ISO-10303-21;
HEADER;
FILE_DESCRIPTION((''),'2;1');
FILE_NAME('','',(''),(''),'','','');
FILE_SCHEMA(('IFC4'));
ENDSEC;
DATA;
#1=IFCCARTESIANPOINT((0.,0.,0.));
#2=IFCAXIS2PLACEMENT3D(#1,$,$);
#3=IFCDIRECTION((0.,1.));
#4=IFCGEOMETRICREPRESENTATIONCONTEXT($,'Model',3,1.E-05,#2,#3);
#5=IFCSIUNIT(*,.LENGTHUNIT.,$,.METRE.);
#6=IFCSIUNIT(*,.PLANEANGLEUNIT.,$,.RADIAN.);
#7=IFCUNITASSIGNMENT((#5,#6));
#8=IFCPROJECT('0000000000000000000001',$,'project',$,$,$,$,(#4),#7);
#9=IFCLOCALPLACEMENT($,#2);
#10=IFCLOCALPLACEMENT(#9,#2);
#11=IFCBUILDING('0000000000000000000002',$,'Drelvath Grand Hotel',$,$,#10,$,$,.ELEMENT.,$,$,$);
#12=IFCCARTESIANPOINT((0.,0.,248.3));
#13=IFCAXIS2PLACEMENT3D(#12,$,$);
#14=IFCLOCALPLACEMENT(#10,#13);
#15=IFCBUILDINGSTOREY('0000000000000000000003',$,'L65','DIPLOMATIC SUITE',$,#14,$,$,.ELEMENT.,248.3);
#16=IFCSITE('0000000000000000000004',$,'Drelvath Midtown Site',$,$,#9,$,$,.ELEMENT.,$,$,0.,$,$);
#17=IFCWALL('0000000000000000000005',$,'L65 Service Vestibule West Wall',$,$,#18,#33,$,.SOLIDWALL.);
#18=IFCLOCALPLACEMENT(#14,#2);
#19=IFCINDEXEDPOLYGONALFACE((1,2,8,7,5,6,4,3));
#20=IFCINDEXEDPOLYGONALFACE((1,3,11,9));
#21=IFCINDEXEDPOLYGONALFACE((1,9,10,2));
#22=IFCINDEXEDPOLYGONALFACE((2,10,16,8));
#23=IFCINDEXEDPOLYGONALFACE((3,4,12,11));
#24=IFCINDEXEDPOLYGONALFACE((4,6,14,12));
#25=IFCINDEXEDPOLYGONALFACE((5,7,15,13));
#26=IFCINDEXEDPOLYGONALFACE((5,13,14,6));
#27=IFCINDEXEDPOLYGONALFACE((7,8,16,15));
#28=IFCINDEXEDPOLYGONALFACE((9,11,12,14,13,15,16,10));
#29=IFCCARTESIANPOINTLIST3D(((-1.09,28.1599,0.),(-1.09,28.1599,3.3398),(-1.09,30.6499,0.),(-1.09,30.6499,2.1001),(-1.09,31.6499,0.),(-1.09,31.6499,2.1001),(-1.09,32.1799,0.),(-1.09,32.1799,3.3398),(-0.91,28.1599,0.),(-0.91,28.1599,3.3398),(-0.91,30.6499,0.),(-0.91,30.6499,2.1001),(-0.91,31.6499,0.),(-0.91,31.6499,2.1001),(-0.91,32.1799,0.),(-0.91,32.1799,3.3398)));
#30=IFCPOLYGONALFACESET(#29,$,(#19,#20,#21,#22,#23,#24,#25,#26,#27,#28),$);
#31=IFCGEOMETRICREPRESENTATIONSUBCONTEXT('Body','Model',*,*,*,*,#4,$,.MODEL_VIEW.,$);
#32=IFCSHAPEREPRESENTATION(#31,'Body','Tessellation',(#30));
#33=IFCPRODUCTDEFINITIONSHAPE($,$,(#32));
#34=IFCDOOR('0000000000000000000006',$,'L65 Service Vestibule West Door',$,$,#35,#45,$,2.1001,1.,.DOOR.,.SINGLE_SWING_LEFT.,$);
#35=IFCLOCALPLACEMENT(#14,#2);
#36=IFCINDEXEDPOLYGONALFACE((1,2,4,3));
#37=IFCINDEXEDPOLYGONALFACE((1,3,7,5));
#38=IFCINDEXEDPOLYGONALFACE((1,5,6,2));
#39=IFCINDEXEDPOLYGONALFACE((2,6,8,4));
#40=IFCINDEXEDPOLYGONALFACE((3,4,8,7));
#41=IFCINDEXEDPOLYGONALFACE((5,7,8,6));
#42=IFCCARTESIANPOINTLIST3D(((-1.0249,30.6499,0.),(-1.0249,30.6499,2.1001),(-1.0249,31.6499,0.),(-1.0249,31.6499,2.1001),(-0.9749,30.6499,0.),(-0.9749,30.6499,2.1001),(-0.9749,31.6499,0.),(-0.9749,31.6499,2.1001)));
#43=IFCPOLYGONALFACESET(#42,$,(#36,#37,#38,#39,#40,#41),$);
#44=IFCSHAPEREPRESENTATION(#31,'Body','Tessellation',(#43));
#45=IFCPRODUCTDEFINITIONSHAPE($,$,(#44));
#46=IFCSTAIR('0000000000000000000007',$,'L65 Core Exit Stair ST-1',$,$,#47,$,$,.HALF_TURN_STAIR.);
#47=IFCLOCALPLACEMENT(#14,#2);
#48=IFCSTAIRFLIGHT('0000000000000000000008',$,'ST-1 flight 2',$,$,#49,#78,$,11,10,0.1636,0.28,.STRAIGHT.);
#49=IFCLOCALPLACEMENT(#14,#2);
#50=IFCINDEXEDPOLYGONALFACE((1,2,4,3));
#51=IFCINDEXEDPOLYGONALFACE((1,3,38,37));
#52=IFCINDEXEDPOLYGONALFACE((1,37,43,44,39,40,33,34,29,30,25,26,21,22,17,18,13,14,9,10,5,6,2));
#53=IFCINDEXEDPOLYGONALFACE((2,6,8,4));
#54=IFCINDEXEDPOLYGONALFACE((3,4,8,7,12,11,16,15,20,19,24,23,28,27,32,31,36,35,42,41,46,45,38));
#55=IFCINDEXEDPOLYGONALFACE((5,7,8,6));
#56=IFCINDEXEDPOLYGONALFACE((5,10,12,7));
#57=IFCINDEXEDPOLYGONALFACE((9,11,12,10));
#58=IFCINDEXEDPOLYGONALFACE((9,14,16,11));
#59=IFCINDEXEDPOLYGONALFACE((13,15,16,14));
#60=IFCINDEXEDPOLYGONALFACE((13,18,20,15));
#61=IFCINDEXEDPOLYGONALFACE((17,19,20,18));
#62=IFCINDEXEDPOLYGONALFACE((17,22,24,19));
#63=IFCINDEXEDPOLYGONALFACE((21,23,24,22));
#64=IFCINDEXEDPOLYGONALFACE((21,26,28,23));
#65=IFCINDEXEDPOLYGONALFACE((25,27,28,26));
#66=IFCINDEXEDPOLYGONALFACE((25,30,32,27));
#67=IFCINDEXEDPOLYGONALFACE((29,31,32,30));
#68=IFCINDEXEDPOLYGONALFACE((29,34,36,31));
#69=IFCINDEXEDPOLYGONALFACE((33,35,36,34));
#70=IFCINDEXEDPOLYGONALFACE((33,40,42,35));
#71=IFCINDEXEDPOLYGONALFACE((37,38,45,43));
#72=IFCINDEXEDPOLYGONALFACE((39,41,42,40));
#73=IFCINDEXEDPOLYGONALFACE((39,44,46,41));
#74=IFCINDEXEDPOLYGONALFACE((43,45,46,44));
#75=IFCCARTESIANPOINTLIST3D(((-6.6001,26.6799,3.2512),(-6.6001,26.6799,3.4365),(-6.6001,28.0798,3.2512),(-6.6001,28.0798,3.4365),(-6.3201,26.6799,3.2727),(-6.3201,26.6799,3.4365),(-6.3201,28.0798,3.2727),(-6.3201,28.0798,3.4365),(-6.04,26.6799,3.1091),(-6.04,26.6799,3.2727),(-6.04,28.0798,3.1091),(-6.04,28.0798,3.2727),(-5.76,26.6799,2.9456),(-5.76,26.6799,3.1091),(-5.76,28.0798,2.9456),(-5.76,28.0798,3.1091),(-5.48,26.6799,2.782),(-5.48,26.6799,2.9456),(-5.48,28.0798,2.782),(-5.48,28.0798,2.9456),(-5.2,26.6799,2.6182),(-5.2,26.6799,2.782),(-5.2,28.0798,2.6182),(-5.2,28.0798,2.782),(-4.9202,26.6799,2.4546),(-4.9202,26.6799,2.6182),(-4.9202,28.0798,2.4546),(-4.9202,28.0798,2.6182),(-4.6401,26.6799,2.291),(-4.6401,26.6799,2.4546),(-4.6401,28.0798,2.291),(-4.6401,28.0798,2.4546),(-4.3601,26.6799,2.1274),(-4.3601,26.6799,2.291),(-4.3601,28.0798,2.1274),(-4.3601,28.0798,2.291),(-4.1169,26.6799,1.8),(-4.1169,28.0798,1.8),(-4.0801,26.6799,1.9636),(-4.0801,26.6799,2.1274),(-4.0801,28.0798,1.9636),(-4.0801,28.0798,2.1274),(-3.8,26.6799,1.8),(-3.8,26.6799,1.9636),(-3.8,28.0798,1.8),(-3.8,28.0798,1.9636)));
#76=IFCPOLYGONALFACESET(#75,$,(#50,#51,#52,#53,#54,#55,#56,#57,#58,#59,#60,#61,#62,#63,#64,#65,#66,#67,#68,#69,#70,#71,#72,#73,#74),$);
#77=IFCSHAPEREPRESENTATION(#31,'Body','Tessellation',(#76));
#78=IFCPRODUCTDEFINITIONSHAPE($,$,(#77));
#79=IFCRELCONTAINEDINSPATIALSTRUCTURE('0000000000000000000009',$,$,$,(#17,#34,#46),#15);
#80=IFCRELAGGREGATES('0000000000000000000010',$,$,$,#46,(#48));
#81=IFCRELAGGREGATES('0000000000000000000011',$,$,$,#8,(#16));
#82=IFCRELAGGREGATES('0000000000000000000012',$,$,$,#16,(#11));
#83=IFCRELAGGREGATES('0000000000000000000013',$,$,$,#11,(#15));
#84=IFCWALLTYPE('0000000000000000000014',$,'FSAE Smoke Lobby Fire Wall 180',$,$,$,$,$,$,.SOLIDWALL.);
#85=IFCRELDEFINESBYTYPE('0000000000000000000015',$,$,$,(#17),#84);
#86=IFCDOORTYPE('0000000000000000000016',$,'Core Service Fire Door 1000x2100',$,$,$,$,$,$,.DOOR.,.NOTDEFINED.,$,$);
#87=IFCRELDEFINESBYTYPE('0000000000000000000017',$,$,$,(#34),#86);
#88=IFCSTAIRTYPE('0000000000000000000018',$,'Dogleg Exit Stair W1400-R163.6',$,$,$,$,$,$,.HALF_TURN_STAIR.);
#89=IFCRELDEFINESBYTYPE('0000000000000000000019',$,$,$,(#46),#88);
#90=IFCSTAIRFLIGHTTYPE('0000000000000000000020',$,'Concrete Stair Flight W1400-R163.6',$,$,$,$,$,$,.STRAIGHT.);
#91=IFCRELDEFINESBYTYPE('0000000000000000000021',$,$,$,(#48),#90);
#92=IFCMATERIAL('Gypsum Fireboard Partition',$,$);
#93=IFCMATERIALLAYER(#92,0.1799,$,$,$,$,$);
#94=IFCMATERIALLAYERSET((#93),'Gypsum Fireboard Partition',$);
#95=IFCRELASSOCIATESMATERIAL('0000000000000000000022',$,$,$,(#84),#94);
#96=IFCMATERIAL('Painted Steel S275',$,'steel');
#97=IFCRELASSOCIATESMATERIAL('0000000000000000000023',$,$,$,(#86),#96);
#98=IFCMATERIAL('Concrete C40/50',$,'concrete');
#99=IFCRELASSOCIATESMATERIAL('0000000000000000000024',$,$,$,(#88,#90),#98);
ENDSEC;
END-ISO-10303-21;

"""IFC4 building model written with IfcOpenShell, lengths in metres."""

from ifc_helpers import new_model, si_unit, direction, frame, frame_2d, origin, place, context, subcontext, project, spatial, polyline, rectangle, outline, extrude, material, layer, layer_set, type_object, element, fill, aggregate, save


model = new_model("IFC4")

# Units and contexts
model_context = context("Model", 3, precision=1e-05, world=origin(), true_north=direction((0.0, 1.0)))
body_context = subcontext(model_context, "Body", "Model", "MODEL_VIEW")
ifc_project = project(units=[si_unit("LENGTHUNIT", "METRE"), si_unit("PLANEANGLEUNIT", "RADIAN")], contexts=[model_context])

# Site, building, storey
site_placement = place(None, origin())
site = spatial("IfcSite", under=ifc_project, at=site_placement, Name="Drelvath Midtown Site", CompositionType="ELEMENT", RefElevation=0.0)
building_placement = place(site_placement, origin())
building = spatial("IfcBuilding", under=site, at=building_placement, Name="Drelvath Grand Hotel", CompositionType="ELEMENT")
storey_placement = place(building_placement, frame((0.0, 0.0, 248.3)))
storey = spatial("IfcBuildingStorey", under=building, at=storey_placement, Name="L65", Description="DIPLOMATIC SUITE", CompositionType="ELEMENT", Elevation=248.3)

# Shared definitions
ifc_material_1 = material(Name="Concrete C40/50", Category="concrete")

# Shared definitions
ifc_material_2 = material(Name="Gypsum Fireboard Partition")

# Wall, opening, door
ifc_layer_1 = layer(ifc_material_2, 0.1799)
ifc_layer_set_1 = layer_set([ifc_layer_1], Name="Gypsum Fireboard Partition")
wall_type_1 = type_object("IfcWallType", Name="FSAE Smoke Lobby Fire Wall 180", PredefinedType="SOLIDWALL", material=ifc_layer_set_1)
wall_1_placement = place(storey_placement, frame((-1.0, 28.1599, 0.0), z_axis=(0.0, 0.0, 1.0), x_axis=(0.0, 1.0, 0.0)))
wall_1 = element("IfcWall", 1, at=wall_1_placement, inside=storey, type_object=wall_type_1, Name="L65 Service Vestibule West Wall", PredefinedType="SOLIDWALL", context=body_context, shape_type="SweptSolid", body=[
    extrude(rectangle(XDim=4.02, YDim=0.1799, at=frame_2d((2.01, 0.0))), origin(), (0.0, 0.0, 1.0), 3.3398),
])
opening_1_placement = place(wall_1_placement, frame((2.49, 0.0, 0.0)))
opening_1 = element("IfcOpeningElement", 2, at=opening_1_placement, cuts=wall_1, PredefinedType="OPENING", context=body_context, shape_type="SweptSolid", body=[
    extrude(rectangle(XDim=1.0, YDim=2.1001, at=frame_2d((0.5, 1.05))), frame((0.0, 0.0999, 0.0), z_axis=(0.0, -1.0, 0.0), x_axis=(1.0, 0.0, 0.0)), (0.0, 0.0, 1.0), 0.2),
])
ifc_material_3 = material(Name="Painted Steel S275", Category="steel")
door_type_1 = type_object("IfcDoorType", Name="Core Service Fire Door 1000x2100", OperationType="NOTDEFINED", PredefinedType="DOOR", material=ifc_material_3)
door_1_placement = place(opening_1_placement, origin())
door_1 = element("IfcDoor", 3, at=door_1_placement, inside=storey, type_object=door_type_1, Name="L65 Service Vestibule West Door", OperationType="SINGLE_SWING_LEFT", OverallHeight=2.1001, OverallWidth=1.0, PredefinedType="DOOR", context=body_context, shape_type="SweptSolid", body=[
    extrude(rectangle(XDim=1.0, YDim=2.1001, at=frame_2d((0.5, 1.05))), frame((0.0, 0.0249, 0.0), z_axis=(0.0, -1.0, 0.0), x_axis=(1.0, 0.0, 0.0)), (0.0, 0.0, 1.0), 0.05),
])
fill(opening_1, door_1)

# Stair, stair flight
stair_type = type_object("IfcStairType", Name="Dogleg Exit Stair W1400-R163.6", PredefinedType="HALF_TURN_STAIR", material=ifc_material_1)
stair_placement = place(storey_placement, origin())
stair = element("IfcStair", 4, at=stair_placement, inside=storey, type_object=stair_type, Name="L65 Core Exit Stair ST-1", PredefinedType="HALF_TURN_STAIR")
stair_flight_type = type_object("IfcStairFlightType", Name="Concrete Stair Flight W1400-R163.6", PredefinedType="STRAIGHT", material=ifc_material_1)
stair_flight_placement = place(storey_placement, frame((-3.8, 27.3799, 1.8), z_axis=(0.0, 0.0, 1.0), x_axis=(-1.0, 0.0, 0.0)))
stair_flight = element("IfcStairFlight", 5, at=stair_flight_placement, type_object=stair_flight_type, Name="ST-1 flight 2", NumberOfRisers=11, NumberOfTreads=10, PredefinedType="STRAIGHT", RiserHeight=0.1636, TreadLength=0.28, context=body_context, shape_type="SweptSolid", body=[
    extrude(outline(polyline([(0.0, 0.0), (0.0, 0.1636), (0.28, 0.1636), (0.28, 0.3274), (0.5601, 0.3274), (0.5601, 0.491), (0.8401, 0.491), (0.8401, 0.6545), (1.1201, 0.6545), (1.1201, 0.8181), (1.3999, 0.8181), (1.3999, 0.9819), (1.6799, 0.9819), (1.6799, 1.1455), (1.96, 1.1455), (1.96, 1.3091), (2.24, 1.3091), (2.24, 1.4727), (2.52, 1.4727), (2.52, 1.6365), (2.8, 1.6365), (2.8, 1.8), (2.8, 1.4512), (0.3169, 0.0), (0.0, 0.0)])), frame((0.0, 0.7, 0.0), z_axis=(0.0, -1.0, 0.0), x_axis=(1.0, 0.0, 0.0)), (0.0, 0.0, 1.0), 1.3999),
])
aggregate(stair, [stair_flight])

save(model, "model.ifc")
